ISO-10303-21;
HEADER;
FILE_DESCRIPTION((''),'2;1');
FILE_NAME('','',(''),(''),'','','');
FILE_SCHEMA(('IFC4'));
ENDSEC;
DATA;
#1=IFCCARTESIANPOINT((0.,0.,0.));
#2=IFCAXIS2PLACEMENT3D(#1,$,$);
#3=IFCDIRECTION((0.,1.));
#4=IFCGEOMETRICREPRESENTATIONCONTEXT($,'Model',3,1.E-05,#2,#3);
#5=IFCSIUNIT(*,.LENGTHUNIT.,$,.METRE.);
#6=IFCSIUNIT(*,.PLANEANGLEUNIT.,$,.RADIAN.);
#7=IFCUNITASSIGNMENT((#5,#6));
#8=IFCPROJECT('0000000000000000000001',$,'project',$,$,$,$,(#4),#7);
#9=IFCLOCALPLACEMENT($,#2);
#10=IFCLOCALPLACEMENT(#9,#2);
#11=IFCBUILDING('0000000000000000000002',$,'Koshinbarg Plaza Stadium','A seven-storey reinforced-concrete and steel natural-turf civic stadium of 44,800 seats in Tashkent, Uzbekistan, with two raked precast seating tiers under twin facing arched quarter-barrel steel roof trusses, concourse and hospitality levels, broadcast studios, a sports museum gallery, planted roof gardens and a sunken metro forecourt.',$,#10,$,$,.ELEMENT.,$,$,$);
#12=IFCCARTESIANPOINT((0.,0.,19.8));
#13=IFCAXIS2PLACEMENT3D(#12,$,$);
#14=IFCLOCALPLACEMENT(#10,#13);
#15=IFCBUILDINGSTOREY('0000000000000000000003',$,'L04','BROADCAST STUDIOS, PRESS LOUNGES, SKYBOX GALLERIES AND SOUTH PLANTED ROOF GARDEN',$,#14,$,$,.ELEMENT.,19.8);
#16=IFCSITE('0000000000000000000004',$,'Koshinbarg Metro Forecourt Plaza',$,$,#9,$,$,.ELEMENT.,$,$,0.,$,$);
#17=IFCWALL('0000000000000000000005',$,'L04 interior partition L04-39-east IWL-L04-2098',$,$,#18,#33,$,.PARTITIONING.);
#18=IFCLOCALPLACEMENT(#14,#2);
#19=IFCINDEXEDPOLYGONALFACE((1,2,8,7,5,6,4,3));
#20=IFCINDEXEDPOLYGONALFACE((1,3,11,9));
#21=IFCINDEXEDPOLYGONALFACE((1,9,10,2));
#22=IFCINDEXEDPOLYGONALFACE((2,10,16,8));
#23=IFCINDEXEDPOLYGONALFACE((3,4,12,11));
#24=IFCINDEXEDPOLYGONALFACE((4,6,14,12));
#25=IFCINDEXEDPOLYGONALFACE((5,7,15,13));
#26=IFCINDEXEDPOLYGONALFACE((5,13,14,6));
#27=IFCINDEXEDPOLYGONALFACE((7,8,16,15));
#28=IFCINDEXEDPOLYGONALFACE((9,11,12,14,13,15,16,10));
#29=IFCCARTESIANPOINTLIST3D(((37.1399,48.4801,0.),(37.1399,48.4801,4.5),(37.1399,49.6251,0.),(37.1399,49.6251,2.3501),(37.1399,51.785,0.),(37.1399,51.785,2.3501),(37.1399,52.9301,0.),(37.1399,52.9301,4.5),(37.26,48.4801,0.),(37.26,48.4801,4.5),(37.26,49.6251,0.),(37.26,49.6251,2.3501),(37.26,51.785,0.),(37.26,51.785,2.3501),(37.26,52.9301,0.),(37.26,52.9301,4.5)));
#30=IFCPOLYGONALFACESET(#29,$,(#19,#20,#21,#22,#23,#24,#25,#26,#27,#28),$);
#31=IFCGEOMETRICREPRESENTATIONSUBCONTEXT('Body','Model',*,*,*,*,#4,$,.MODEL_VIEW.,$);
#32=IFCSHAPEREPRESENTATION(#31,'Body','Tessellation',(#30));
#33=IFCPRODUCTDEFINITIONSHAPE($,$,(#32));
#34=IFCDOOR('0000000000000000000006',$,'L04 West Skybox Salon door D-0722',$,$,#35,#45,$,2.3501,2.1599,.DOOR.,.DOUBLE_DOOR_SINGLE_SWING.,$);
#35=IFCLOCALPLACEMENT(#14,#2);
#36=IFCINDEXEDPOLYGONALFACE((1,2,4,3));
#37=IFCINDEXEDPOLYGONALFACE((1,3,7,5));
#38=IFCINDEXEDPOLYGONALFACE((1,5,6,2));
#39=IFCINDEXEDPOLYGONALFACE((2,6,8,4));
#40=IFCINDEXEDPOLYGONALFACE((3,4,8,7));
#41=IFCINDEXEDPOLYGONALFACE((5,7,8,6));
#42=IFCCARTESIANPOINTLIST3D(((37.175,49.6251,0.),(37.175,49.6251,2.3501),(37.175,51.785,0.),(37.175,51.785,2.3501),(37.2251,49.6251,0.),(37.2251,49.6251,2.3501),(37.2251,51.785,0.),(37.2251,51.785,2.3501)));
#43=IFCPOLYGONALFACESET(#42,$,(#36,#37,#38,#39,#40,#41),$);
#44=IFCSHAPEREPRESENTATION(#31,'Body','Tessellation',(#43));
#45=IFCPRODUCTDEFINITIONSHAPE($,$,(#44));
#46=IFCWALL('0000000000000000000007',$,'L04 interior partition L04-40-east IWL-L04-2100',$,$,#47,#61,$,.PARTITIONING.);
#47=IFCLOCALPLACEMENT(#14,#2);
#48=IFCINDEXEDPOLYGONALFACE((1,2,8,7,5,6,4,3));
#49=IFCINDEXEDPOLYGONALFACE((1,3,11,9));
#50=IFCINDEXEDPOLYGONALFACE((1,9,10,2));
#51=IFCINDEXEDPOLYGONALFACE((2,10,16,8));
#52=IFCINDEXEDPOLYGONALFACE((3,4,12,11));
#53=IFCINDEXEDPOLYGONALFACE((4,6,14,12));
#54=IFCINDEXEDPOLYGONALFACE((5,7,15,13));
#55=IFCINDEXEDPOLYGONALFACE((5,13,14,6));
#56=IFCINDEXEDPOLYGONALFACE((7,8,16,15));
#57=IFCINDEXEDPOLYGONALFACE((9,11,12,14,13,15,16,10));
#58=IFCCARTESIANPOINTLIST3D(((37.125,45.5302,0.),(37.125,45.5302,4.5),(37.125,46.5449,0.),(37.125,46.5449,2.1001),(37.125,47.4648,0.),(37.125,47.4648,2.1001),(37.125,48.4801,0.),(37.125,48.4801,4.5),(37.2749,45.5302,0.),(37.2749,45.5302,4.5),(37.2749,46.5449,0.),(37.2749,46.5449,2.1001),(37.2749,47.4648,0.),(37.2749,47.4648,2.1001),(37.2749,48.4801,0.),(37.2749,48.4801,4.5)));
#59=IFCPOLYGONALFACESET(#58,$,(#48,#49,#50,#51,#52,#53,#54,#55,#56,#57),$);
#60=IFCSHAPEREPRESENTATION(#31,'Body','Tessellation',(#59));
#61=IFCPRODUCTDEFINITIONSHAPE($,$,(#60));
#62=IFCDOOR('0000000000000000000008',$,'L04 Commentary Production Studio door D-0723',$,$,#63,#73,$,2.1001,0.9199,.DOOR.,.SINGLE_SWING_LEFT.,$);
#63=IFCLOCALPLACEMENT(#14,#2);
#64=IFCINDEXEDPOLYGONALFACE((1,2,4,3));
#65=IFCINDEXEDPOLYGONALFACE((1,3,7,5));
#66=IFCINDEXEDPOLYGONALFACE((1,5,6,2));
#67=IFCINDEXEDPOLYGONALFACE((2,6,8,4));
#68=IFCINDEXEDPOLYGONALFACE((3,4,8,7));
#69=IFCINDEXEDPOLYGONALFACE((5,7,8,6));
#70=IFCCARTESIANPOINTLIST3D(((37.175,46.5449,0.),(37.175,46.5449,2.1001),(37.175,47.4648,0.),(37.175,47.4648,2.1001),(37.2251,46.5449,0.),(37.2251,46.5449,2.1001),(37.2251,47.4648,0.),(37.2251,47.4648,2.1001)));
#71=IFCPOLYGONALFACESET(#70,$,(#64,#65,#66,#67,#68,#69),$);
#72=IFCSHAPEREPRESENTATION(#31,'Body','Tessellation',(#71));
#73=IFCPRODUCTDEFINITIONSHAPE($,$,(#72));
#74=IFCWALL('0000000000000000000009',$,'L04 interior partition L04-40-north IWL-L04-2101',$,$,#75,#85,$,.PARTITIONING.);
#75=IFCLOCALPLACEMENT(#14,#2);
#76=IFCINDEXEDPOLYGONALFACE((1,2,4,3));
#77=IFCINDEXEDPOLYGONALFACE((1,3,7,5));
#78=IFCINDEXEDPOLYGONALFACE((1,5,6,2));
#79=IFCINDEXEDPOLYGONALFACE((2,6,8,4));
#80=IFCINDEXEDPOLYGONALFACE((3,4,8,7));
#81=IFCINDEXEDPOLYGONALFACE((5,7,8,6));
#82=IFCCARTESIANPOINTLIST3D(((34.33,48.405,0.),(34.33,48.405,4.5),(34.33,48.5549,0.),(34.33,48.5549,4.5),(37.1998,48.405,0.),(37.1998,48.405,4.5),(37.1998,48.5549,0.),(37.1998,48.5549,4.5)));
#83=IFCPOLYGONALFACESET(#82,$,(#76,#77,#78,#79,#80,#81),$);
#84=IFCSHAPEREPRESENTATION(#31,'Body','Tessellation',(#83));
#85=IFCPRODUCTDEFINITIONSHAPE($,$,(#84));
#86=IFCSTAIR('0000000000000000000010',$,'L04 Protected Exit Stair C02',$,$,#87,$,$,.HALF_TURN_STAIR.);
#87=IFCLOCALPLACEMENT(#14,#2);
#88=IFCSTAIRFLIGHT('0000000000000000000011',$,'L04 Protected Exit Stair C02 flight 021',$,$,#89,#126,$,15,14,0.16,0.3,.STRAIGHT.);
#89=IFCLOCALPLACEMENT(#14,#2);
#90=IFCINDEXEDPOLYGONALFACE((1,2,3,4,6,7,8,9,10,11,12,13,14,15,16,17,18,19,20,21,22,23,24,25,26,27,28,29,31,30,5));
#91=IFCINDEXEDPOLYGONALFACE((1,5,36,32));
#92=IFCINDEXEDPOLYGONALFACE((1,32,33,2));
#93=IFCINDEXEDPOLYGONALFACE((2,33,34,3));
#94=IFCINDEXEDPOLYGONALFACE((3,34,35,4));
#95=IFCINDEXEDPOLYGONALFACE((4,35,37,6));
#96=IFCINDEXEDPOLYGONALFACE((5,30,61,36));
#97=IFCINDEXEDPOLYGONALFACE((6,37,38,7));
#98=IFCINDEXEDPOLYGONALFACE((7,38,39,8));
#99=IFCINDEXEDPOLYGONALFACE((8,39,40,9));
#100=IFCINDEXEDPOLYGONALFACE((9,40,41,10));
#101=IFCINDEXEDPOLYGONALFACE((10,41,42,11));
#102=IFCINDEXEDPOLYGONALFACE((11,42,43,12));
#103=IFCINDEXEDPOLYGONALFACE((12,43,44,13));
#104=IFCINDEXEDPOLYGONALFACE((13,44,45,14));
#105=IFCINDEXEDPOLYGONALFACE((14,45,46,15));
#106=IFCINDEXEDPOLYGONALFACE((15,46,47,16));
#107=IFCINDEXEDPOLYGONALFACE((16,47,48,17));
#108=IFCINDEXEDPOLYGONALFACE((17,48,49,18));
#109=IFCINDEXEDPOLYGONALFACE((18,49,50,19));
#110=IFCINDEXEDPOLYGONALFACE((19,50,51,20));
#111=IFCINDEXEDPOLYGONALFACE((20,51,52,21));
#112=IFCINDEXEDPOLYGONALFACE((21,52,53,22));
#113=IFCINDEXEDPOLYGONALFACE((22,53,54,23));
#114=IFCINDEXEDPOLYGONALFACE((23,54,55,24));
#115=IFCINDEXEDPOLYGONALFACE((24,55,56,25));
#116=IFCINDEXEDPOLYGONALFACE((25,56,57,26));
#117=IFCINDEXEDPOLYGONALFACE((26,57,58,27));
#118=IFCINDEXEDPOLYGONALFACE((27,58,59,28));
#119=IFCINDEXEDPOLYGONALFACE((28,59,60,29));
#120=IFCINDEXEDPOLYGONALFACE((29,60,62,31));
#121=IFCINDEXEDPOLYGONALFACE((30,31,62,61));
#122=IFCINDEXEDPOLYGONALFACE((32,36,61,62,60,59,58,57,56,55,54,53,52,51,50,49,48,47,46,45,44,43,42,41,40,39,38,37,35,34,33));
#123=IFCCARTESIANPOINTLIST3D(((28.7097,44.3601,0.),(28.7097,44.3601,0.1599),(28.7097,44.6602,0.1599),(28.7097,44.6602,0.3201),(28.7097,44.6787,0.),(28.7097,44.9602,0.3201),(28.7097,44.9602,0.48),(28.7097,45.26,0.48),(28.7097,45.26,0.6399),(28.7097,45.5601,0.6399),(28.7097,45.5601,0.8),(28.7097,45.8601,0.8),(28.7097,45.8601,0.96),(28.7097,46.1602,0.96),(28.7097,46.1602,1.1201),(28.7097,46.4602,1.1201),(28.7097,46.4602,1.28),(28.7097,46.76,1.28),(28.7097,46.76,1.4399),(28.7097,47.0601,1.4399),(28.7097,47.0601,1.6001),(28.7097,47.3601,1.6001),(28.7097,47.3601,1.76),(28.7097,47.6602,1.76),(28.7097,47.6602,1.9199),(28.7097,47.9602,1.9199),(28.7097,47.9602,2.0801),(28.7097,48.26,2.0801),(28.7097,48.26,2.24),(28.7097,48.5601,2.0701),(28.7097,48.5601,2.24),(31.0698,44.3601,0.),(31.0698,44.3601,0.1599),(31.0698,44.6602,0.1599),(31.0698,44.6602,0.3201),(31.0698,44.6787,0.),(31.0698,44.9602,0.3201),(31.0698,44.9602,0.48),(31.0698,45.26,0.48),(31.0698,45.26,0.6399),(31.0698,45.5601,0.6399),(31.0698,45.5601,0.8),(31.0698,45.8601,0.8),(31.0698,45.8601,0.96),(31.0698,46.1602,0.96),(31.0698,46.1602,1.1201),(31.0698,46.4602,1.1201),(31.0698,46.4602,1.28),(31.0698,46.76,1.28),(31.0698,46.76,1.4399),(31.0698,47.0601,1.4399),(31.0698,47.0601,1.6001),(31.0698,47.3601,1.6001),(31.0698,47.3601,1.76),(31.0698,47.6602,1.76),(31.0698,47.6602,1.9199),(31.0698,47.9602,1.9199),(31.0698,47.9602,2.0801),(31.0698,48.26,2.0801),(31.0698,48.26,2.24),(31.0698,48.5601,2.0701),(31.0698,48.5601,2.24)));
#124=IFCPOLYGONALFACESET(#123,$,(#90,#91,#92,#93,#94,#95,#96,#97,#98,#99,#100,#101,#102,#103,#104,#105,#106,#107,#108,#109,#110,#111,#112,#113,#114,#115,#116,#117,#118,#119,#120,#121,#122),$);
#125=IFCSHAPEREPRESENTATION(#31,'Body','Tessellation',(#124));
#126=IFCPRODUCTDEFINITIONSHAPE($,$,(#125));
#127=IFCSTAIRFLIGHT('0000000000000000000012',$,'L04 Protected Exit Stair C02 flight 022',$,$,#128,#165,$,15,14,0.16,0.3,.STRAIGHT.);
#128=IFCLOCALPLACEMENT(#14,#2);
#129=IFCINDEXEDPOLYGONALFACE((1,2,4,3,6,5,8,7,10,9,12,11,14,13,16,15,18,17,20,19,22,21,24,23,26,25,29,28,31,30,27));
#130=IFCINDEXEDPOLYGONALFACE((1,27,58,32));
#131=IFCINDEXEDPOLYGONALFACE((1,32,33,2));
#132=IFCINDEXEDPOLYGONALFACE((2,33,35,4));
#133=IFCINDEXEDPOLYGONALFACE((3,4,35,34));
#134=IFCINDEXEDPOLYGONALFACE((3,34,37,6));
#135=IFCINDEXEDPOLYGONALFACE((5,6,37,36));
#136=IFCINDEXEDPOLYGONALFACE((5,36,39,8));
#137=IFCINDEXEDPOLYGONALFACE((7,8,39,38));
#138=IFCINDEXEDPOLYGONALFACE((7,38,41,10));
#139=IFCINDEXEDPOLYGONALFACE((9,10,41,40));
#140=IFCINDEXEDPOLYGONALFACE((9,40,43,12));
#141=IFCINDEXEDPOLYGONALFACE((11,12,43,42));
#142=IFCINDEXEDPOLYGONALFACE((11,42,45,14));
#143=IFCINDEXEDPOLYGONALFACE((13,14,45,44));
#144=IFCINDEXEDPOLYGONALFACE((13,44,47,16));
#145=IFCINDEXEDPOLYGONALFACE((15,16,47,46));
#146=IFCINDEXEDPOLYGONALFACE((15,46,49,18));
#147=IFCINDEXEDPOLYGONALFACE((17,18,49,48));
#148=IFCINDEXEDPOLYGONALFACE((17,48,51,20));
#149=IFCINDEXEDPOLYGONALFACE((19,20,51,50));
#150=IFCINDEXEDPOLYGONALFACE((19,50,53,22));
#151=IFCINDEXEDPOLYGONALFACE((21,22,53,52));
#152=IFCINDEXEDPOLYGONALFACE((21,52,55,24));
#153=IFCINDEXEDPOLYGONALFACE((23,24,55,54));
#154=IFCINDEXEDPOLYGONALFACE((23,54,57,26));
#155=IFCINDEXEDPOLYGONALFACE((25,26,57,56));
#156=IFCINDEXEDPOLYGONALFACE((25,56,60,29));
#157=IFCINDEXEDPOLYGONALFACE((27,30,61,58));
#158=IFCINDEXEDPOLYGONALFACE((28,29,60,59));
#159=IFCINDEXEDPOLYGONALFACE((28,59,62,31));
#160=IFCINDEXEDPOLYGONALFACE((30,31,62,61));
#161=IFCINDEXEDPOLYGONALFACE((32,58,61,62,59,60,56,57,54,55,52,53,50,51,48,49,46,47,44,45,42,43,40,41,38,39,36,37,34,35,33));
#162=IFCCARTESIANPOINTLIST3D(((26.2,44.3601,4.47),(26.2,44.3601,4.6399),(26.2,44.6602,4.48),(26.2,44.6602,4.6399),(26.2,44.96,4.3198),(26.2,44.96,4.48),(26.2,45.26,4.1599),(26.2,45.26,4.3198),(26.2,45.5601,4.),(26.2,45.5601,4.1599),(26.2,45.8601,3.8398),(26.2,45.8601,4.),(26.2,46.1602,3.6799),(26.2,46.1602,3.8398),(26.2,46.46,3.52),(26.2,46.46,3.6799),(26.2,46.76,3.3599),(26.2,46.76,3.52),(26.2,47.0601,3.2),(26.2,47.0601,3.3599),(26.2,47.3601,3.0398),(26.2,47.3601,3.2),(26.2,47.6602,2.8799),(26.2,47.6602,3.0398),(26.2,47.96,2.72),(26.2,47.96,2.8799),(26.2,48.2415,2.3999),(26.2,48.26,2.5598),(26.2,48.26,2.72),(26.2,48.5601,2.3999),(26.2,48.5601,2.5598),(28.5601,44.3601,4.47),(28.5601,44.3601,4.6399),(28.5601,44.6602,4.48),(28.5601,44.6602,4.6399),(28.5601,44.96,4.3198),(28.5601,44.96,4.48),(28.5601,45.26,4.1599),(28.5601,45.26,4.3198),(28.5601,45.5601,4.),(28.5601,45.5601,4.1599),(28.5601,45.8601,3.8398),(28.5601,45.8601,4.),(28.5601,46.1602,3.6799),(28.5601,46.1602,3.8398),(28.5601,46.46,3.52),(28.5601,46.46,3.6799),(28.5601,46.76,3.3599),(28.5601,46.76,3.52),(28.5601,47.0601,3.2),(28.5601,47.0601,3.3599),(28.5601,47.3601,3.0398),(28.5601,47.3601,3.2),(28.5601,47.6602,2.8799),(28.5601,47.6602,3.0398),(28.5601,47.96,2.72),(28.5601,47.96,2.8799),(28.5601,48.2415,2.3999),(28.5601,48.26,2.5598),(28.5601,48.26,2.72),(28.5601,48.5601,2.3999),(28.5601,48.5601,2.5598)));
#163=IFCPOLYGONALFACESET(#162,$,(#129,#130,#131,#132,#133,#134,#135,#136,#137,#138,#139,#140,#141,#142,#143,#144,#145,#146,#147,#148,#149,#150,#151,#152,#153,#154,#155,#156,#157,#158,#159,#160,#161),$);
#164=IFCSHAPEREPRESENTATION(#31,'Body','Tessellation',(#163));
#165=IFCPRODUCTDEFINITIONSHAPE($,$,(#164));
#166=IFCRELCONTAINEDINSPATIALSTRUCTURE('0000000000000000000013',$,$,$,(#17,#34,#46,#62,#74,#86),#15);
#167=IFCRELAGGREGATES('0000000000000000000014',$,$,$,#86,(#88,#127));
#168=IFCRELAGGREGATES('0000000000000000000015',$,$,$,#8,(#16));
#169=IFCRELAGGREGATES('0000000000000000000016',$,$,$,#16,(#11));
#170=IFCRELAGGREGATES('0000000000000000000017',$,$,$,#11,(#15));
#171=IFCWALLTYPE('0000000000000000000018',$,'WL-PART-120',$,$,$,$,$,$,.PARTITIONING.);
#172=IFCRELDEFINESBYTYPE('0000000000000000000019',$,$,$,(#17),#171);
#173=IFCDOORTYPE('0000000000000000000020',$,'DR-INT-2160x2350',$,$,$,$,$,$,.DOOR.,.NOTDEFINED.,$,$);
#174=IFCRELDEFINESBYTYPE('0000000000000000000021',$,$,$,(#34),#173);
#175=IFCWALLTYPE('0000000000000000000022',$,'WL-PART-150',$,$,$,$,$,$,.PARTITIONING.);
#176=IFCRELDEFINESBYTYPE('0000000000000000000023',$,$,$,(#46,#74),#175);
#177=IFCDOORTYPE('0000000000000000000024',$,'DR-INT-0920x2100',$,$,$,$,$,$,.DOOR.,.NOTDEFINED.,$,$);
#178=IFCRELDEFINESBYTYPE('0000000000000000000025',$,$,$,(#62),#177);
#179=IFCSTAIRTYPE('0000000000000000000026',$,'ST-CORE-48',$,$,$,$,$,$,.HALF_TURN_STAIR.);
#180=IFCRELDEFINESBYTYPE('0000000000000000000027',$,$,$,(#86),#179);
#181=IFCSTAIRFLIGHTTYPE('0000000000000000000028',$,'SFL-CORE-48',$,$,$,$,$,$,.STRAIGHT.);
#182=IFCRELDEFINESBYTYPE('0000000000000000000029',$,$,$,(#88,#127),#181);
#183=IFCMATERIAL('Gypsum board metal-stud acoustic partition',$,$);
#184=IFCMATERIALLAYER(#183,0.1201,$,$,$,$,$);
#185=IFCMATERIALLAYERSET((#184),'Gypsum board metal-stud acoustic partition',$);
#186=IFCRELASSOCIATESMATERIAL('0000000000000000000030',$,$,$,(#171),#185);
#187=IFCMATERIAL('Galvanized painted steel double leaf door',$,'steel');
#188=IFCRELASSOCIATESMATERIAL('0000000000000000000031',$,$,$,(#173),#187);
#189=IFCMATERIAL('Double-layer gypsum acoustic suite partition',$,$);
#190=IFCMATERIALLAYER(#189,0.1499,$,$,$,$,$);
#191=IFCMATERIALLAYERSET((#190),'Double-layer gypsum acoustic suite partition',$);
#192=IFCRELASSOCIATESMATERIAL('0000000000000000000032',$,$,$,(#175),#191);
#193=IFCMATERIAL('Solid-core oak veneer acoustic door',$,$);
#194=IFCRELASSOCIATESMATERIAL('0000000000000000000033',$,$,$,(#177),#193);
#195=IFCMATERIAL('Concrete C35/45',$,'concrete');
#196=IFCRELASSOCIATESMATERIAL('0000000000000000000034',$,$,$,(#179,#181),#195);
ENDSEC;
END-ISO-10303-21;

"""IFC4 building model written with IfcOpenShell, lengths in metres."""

from ifc_helpers import new_model, si_unit, direction, frame, frame_2d, origin, place, context, subcontext, project, spatial, polyline, rectangle, outline, extrude, material, layer, layer_set, type_object, element, fill, aggregate, save


model = new_model("IFC4")

# Units and contexts
model_context = context("Model", 3, precision=1e-05, world=origin(), true_north=direction((0.0, 1.0)))
body_context = subcontext(model_context, "Body", "Model", "MODEL_VIEW")
ifc_project = project(units=[si_unit("LENGTHUNIT", "METRE"), si_unit("PLANEANGLEUNIT", "RADIAN")], contexts=[model_context])

# Site, building, storey
site_placement = place(None, origin())
site = spatial("IfcSite", under=ifc_project, at=site_placement, Name="Koshinbarg Metro Forecourt Plaza", CompositionType="ELEMENT", RefElevation=0.0)
building_placement = place(site_placement, origin())
building = spatial("IfcBuilding", under=site, at=building_placement, Name="Koshinbarg Plaza Stadium", Description="A seven-storey reinforced-concrete and steel natural-turf civic stadium of 44,800 seats in Tashkent, Uzbekistan, with two raked precast seating tiers under twin facing arched quarter-barrel steel roof trusses, concourse and hospitality levels, broadcast studios, a sports museum gallery, planted roof gardens and a sunken metro forecourt.", CompositionType="ELEMENT")
storey_placement = place(building_placement, frame((0.0, 0.0, 19.8)))
storey = spatial("IfcBuildingStorey", under=building, at=storey_placement, Name="L04", Description="BROADCAST STUDIOS, PRESS LOUNGES, SKYBOX GALLERIES AND SOUTH PLANTED ROOF GARDEN", CompositionType="ELEMENT", Elevation=19.8)

# Walls, openings, doors
ifc_material_1 = material(Name="Gypsum board metal-stud acoustic partition")
ifc_layer_1 = layer(ifc_material_1, 0.1201)
ifc_layer_set_1 = layer_set([ifc_layer_1], Name="Gypsum board metal-stud acoustic partition")
wall_type_1 = type_object("IfcWallType", Name="WL-PART-120", PredefinedType="PARTITIONING", material=ifc_layer_set_1)
wall_1_placement = place(storey_placement, frame((37.2, 48.48, 0.0), z_axis=(0.0, 0.0, 1.0), x_axis=(0.0, 1.0, 0.0)))
wall_1 = element("IfcWall", 1, at=wall_1_placement, inside=storey, type_object=wall_type_1, Name="L04 interior partition L04-39-east IWL-L04-2098", PredefinedType="PARTITIONING", context=body_context, shape_type="SweptSolid", body=[
    extrude(rectangle(XDim=4.45, YDim=0.1201, at=frame_2d((2.2251, 0.0))), origin(), (0.0, 0.0, 1.0), 4.5),
])
opening_1_placement = place(wall_1_placement, frame((1.145, 0.0, 0.0)))
opening_1 = element("IfcOpeningElement", 2, at=opening_1_placement, cuts=wall_1, PredefinedType="OPENING", context=body_context, shape_type="SweptSolid", body=[
    extrude(rectangle(XDim=2.1599, YDim=2.3501, at=frame_2d((1.0801, 1.175))), frame((0.0, 0.0701, 0.0), z_axis=(0.0, -1.0, 0.0), x_axis=(1.0, 0.0, 0.0)), (0.0, 0.0, 1.0), 0.1401),
])
ifc_material_2 = material(Name="Galvanized painted steel double leaf door", Category="steel")
door_type_1 = type_object("IfcDoorType", Name="DR-INT-2160x2350", OperationType="NOTDEFINED", PredefinedType="DOOR", material=ifc_material_2)
door_1_placement = place(opening_1_placement, origin())
door_1 = element("IfcDoor", 3, at=door_1_placement, inside=storey, type_object=door_type_1, Name="L04 West Skybox Salon door D-0722", OperationType="DOUBLE_DOOR_SINGLE_SWING", OverallHeight=2.3501, OverallWidth=2.1599, PredefinedType="DOOR", context=body_context, shape_type="SweptSolid", body=[
    extrude(rectangle(XDim=2.1599, YDim=2.3501, at=frame_2d((1.0801, 1.175))), frame((0.0, 0.0249, 0.0), z_axis=(0.0, -1.0, 0.0), x_axis=(1.0, 0.0, 0.0)), (0.0, 0.0, 1.0), 0.05),
])
fill(opening_1, door_1)
ifc_material_3 = material(Name="Double-layer gypsum acoustic suite partition")
ifc_layer_2 = layer(ifc_material_3, 0.1499)
ifc_layer_set_2 = layer_set([ifc_layer_2], Name="Double-layer gypsum acoustic suite partition")
wall_type_2 = type_object("IfcWallType", Name="WL-PART-150", PredefinedType="PARTITIONING", material=ifc_layer_set_2)
wall_2_placement = place(storey_placement, frame((37.2, 45.53, 0.0), z_axis=(0.0, 0.0, 1.0), x_axis=(0.0, 1.0, 0.0)))
wall_2 = element("IfcWall", 4, at=wall_2_placement, inside=storey, type_object=wall_type_2, Name="L04 interior partition L04-40-east IWL-L04-2100", PredefinedType="PARTITIONING", context=body_context, shape_type="SweptSolid", body=[
    extrude(rectangle(XDim=2.95, YDim=0.1499, at=frame_2d((1.4751, 0.0))), origin(), (0.0, 0.0, 1.0), 4.5),
])
opening_2_placement = place(wall_2_placement, frame((1.0149, 0.0, 0.0)))
opening_2 = element("IfcOpeningElement", 5, at=opening_2_placement, cuts=wall_2, PredefinedType="OPENING", context=body_context, shape_type="SweptSolid", body=[
    extrude(rectangle(XDim=0.9199, YDim=2.1001, at=frame_2d((0.46, 1.05))), frame((0.0, 0.085, 0.0), z_axis=(0.0, -1.0, 0.0), x_axis=(1.0, 0.0, 0.0)), (0.0, 0.0, 1.0), 0.1699),
])
ifc_material_4 = material(Name="Solid-core oak veneer acoustic door")
door_type_2 = type_object("IfcDoorType", Name="DR-INT-0920x2100", OperationType="NOTDEFINED", PredefinedType="DOOR", material=ifc_material_4)
door_2_placement = place(opening_2_placement, origin())
door_2 = element("IfcDoor", 6, at=door_2_placement, inside=storey, type_object=door_type_2, Name="L04 Commentary Production Studio door D-0723", OperationType="SINGLE_SWING_LEFT", OverallHeight=2.1001, OverallWidth=0.9199, PredefinedType="DOOR", context=body_context, shape_type="SweptSolid", body=[
    extrude(rectangle(XDim=0.9199, YDim=2.1001, at=frame_2d((0.46, 1.05))), frame((0.0, 0.0249, 0.0), z_axis=(0.0, -1.0, 0.0), x_axis=(1.0, 0.0, 0.0)), (0.0, 0.0, 1.0), 0.05),
])
fill(opening_2, door_2)

# Wall
wall_3_placement = place(storey_placement, frame((37.2, 48.48, 0.0), z_axis=(0.0, 0.0, 1.0), x_axis=(-1.0, 0.0, 0.0)))
element("IfcWall", 7, at=wall_3_placement, inside=storey, type_object=wall_type_2, Name="L04 interior partition L04-40-north IWL-L04-2101", PredefinedType="PARTITIONING", context=body_context, shape_type="SweptSolid", body=[
    extrude(rectangle(XDim=2.8699, YDim=0.1499, at=frame_2d((1.4351, 0.0))), origin(), (0.0, 0.0, 1.0), 4.5),
])

# Stair, stair flights
ifc_material_5 = material(Name="Concrete C35/45", Category="concrete")
stair_type = type_object("IfcStairType", Name="ST-CORE-48", PredefinedType="HALF_TURN_STAIR", material=ifc_material_5)
stair_placement = place(storey_placement, origin())
stair = element("IfcStair", 8, at=stair_placement, inside=storey, type_object=stair_type, Name="L04 Protected Exit Stair C02", PredefinedType="HALF_TURN_STAIR")
stair_flight_type = type_object("IfcStairFlightType", Name="SFL-CORE-48", PredefinedType="STRAIGHT", material=ifc_material_5)
stair_flight_1_placement = place(storey_placement, frame((29.8899, 44.3601, 0.0), z_axis=(0.0, 0.0, 1.0), x_axis=(0.0, 1.0, 0.0)))
stair_flight_1 = element("IfcStairFlight", 9, at=stair_flight_1_placement, type_object=stair_flight_type, Name="L04 Protected Exit Stair C02 flight 021", NumberOfRisers=15, NumberOfTreads=14, PredefinedType="STRAIGHT", RiserHeight=0.16, TreadLength=0.3, context=body_context, shape_type="SweptSolid", body=[
    extrude(outline(polyline([(0.0, 0.0), (0.0, 0.1599), (0.3, 0.1599), (0.3, 0.3201), (0.6001, 0.3201), (0.6001, 0.48), (0.8999, 0.48), (0.8999, 0.6399), (1.2, 0.6399), (1.2, 0.8), (1.5, 0.8), (1.5, 0.96), (1.8, 0.96), (1.8, 1.1201), (2.1001, 1.1201), (2.1001, 1.28), (2.3999, 1.28), (2.3999, 1.4399), (2.7, 1.4399), (2.7, 1.6001), (3.0, 1.6001), (3.0, 1.76), (3.3, 1.76), (3.3, 1.9199), (3.6001, 1.9199), (3.6001, 2.0801), (3.8999, 2.0801), (3.8999, 2.24), (4.2, 2.24), (4.2, 2.3999), (4.2, 2.0701), (0.3186, 0.0), (0.0, 0.0)])), frame((0.0, 1.1802, 0.0), z_axis=(0.0, -1.0, 0.0), x_axis=(1.0, 0.0, 0.0)), (0.0, 0.0, 1.0), 2.3601),
])
stair_flight_2_placement = place(storey_placement, frame((27.3799, 48.5601, 2.3999), z_axis=(0.0, 0.0, 1.0), x_axis=(0.0, -1.0, 0.0)))
stair_flight_2 = element("IfcStairFlight", 10, at=stair_flight_2_placement, type_object=stair_flight_type, Name="L04 Protected Exit Stair C02 flight 022", NumberOfRisers=15, NumberOfTreads=14, PredefinedType="STRAIGHT", RiserHeight=0.16, TreadLength=0.3, context=body_context, shape_type="SweptSolid", body=[
    extrude(outline(polyline([(0.0, 0.0), (0.0, 0.1599), (0.3, 0.1599), (0.3, 0.3201), (0.6001, 0.3201), (0.6001, 0.48), (0.8999, 0.48), (0.8999, 0.6399), (1.2, 0.6399), (1.2, 0.8), (1.5, 0.8), (1.5, 0.96), (1.8, 0.96), (1.8, 1.1201), (2.1001, 1.1201), (2.1001, 1.28), (2.3999, 1.28), (2.3999, 1.4399), (2.7, 1.4399), (2.7, 1.6001), (3.0, 1.6001), (3.0, 1.76), (3.3, 1.76), (3.3, 1.9199), (3.6001, 1.9199), (3.6001, 2.0801), (3.8999, 2.0801), (3.8999, 2.24), (4.2, 2.24), (4.2, 2.3999), (4.2, 2.0701), (0.3186, 0.0), (0.0, 0.0)])), frame((0.0, 1.1802, 0.0), z_axis=(0.0, -1.0, 0.0), x_axis=(1.0, 0.0, 0.0)), (0.0, 0.0, 1.0), 2.3601),
])
aggregate(stair, [stair_flight_1, stair_flight_2])

save(model, "model.ifc")
